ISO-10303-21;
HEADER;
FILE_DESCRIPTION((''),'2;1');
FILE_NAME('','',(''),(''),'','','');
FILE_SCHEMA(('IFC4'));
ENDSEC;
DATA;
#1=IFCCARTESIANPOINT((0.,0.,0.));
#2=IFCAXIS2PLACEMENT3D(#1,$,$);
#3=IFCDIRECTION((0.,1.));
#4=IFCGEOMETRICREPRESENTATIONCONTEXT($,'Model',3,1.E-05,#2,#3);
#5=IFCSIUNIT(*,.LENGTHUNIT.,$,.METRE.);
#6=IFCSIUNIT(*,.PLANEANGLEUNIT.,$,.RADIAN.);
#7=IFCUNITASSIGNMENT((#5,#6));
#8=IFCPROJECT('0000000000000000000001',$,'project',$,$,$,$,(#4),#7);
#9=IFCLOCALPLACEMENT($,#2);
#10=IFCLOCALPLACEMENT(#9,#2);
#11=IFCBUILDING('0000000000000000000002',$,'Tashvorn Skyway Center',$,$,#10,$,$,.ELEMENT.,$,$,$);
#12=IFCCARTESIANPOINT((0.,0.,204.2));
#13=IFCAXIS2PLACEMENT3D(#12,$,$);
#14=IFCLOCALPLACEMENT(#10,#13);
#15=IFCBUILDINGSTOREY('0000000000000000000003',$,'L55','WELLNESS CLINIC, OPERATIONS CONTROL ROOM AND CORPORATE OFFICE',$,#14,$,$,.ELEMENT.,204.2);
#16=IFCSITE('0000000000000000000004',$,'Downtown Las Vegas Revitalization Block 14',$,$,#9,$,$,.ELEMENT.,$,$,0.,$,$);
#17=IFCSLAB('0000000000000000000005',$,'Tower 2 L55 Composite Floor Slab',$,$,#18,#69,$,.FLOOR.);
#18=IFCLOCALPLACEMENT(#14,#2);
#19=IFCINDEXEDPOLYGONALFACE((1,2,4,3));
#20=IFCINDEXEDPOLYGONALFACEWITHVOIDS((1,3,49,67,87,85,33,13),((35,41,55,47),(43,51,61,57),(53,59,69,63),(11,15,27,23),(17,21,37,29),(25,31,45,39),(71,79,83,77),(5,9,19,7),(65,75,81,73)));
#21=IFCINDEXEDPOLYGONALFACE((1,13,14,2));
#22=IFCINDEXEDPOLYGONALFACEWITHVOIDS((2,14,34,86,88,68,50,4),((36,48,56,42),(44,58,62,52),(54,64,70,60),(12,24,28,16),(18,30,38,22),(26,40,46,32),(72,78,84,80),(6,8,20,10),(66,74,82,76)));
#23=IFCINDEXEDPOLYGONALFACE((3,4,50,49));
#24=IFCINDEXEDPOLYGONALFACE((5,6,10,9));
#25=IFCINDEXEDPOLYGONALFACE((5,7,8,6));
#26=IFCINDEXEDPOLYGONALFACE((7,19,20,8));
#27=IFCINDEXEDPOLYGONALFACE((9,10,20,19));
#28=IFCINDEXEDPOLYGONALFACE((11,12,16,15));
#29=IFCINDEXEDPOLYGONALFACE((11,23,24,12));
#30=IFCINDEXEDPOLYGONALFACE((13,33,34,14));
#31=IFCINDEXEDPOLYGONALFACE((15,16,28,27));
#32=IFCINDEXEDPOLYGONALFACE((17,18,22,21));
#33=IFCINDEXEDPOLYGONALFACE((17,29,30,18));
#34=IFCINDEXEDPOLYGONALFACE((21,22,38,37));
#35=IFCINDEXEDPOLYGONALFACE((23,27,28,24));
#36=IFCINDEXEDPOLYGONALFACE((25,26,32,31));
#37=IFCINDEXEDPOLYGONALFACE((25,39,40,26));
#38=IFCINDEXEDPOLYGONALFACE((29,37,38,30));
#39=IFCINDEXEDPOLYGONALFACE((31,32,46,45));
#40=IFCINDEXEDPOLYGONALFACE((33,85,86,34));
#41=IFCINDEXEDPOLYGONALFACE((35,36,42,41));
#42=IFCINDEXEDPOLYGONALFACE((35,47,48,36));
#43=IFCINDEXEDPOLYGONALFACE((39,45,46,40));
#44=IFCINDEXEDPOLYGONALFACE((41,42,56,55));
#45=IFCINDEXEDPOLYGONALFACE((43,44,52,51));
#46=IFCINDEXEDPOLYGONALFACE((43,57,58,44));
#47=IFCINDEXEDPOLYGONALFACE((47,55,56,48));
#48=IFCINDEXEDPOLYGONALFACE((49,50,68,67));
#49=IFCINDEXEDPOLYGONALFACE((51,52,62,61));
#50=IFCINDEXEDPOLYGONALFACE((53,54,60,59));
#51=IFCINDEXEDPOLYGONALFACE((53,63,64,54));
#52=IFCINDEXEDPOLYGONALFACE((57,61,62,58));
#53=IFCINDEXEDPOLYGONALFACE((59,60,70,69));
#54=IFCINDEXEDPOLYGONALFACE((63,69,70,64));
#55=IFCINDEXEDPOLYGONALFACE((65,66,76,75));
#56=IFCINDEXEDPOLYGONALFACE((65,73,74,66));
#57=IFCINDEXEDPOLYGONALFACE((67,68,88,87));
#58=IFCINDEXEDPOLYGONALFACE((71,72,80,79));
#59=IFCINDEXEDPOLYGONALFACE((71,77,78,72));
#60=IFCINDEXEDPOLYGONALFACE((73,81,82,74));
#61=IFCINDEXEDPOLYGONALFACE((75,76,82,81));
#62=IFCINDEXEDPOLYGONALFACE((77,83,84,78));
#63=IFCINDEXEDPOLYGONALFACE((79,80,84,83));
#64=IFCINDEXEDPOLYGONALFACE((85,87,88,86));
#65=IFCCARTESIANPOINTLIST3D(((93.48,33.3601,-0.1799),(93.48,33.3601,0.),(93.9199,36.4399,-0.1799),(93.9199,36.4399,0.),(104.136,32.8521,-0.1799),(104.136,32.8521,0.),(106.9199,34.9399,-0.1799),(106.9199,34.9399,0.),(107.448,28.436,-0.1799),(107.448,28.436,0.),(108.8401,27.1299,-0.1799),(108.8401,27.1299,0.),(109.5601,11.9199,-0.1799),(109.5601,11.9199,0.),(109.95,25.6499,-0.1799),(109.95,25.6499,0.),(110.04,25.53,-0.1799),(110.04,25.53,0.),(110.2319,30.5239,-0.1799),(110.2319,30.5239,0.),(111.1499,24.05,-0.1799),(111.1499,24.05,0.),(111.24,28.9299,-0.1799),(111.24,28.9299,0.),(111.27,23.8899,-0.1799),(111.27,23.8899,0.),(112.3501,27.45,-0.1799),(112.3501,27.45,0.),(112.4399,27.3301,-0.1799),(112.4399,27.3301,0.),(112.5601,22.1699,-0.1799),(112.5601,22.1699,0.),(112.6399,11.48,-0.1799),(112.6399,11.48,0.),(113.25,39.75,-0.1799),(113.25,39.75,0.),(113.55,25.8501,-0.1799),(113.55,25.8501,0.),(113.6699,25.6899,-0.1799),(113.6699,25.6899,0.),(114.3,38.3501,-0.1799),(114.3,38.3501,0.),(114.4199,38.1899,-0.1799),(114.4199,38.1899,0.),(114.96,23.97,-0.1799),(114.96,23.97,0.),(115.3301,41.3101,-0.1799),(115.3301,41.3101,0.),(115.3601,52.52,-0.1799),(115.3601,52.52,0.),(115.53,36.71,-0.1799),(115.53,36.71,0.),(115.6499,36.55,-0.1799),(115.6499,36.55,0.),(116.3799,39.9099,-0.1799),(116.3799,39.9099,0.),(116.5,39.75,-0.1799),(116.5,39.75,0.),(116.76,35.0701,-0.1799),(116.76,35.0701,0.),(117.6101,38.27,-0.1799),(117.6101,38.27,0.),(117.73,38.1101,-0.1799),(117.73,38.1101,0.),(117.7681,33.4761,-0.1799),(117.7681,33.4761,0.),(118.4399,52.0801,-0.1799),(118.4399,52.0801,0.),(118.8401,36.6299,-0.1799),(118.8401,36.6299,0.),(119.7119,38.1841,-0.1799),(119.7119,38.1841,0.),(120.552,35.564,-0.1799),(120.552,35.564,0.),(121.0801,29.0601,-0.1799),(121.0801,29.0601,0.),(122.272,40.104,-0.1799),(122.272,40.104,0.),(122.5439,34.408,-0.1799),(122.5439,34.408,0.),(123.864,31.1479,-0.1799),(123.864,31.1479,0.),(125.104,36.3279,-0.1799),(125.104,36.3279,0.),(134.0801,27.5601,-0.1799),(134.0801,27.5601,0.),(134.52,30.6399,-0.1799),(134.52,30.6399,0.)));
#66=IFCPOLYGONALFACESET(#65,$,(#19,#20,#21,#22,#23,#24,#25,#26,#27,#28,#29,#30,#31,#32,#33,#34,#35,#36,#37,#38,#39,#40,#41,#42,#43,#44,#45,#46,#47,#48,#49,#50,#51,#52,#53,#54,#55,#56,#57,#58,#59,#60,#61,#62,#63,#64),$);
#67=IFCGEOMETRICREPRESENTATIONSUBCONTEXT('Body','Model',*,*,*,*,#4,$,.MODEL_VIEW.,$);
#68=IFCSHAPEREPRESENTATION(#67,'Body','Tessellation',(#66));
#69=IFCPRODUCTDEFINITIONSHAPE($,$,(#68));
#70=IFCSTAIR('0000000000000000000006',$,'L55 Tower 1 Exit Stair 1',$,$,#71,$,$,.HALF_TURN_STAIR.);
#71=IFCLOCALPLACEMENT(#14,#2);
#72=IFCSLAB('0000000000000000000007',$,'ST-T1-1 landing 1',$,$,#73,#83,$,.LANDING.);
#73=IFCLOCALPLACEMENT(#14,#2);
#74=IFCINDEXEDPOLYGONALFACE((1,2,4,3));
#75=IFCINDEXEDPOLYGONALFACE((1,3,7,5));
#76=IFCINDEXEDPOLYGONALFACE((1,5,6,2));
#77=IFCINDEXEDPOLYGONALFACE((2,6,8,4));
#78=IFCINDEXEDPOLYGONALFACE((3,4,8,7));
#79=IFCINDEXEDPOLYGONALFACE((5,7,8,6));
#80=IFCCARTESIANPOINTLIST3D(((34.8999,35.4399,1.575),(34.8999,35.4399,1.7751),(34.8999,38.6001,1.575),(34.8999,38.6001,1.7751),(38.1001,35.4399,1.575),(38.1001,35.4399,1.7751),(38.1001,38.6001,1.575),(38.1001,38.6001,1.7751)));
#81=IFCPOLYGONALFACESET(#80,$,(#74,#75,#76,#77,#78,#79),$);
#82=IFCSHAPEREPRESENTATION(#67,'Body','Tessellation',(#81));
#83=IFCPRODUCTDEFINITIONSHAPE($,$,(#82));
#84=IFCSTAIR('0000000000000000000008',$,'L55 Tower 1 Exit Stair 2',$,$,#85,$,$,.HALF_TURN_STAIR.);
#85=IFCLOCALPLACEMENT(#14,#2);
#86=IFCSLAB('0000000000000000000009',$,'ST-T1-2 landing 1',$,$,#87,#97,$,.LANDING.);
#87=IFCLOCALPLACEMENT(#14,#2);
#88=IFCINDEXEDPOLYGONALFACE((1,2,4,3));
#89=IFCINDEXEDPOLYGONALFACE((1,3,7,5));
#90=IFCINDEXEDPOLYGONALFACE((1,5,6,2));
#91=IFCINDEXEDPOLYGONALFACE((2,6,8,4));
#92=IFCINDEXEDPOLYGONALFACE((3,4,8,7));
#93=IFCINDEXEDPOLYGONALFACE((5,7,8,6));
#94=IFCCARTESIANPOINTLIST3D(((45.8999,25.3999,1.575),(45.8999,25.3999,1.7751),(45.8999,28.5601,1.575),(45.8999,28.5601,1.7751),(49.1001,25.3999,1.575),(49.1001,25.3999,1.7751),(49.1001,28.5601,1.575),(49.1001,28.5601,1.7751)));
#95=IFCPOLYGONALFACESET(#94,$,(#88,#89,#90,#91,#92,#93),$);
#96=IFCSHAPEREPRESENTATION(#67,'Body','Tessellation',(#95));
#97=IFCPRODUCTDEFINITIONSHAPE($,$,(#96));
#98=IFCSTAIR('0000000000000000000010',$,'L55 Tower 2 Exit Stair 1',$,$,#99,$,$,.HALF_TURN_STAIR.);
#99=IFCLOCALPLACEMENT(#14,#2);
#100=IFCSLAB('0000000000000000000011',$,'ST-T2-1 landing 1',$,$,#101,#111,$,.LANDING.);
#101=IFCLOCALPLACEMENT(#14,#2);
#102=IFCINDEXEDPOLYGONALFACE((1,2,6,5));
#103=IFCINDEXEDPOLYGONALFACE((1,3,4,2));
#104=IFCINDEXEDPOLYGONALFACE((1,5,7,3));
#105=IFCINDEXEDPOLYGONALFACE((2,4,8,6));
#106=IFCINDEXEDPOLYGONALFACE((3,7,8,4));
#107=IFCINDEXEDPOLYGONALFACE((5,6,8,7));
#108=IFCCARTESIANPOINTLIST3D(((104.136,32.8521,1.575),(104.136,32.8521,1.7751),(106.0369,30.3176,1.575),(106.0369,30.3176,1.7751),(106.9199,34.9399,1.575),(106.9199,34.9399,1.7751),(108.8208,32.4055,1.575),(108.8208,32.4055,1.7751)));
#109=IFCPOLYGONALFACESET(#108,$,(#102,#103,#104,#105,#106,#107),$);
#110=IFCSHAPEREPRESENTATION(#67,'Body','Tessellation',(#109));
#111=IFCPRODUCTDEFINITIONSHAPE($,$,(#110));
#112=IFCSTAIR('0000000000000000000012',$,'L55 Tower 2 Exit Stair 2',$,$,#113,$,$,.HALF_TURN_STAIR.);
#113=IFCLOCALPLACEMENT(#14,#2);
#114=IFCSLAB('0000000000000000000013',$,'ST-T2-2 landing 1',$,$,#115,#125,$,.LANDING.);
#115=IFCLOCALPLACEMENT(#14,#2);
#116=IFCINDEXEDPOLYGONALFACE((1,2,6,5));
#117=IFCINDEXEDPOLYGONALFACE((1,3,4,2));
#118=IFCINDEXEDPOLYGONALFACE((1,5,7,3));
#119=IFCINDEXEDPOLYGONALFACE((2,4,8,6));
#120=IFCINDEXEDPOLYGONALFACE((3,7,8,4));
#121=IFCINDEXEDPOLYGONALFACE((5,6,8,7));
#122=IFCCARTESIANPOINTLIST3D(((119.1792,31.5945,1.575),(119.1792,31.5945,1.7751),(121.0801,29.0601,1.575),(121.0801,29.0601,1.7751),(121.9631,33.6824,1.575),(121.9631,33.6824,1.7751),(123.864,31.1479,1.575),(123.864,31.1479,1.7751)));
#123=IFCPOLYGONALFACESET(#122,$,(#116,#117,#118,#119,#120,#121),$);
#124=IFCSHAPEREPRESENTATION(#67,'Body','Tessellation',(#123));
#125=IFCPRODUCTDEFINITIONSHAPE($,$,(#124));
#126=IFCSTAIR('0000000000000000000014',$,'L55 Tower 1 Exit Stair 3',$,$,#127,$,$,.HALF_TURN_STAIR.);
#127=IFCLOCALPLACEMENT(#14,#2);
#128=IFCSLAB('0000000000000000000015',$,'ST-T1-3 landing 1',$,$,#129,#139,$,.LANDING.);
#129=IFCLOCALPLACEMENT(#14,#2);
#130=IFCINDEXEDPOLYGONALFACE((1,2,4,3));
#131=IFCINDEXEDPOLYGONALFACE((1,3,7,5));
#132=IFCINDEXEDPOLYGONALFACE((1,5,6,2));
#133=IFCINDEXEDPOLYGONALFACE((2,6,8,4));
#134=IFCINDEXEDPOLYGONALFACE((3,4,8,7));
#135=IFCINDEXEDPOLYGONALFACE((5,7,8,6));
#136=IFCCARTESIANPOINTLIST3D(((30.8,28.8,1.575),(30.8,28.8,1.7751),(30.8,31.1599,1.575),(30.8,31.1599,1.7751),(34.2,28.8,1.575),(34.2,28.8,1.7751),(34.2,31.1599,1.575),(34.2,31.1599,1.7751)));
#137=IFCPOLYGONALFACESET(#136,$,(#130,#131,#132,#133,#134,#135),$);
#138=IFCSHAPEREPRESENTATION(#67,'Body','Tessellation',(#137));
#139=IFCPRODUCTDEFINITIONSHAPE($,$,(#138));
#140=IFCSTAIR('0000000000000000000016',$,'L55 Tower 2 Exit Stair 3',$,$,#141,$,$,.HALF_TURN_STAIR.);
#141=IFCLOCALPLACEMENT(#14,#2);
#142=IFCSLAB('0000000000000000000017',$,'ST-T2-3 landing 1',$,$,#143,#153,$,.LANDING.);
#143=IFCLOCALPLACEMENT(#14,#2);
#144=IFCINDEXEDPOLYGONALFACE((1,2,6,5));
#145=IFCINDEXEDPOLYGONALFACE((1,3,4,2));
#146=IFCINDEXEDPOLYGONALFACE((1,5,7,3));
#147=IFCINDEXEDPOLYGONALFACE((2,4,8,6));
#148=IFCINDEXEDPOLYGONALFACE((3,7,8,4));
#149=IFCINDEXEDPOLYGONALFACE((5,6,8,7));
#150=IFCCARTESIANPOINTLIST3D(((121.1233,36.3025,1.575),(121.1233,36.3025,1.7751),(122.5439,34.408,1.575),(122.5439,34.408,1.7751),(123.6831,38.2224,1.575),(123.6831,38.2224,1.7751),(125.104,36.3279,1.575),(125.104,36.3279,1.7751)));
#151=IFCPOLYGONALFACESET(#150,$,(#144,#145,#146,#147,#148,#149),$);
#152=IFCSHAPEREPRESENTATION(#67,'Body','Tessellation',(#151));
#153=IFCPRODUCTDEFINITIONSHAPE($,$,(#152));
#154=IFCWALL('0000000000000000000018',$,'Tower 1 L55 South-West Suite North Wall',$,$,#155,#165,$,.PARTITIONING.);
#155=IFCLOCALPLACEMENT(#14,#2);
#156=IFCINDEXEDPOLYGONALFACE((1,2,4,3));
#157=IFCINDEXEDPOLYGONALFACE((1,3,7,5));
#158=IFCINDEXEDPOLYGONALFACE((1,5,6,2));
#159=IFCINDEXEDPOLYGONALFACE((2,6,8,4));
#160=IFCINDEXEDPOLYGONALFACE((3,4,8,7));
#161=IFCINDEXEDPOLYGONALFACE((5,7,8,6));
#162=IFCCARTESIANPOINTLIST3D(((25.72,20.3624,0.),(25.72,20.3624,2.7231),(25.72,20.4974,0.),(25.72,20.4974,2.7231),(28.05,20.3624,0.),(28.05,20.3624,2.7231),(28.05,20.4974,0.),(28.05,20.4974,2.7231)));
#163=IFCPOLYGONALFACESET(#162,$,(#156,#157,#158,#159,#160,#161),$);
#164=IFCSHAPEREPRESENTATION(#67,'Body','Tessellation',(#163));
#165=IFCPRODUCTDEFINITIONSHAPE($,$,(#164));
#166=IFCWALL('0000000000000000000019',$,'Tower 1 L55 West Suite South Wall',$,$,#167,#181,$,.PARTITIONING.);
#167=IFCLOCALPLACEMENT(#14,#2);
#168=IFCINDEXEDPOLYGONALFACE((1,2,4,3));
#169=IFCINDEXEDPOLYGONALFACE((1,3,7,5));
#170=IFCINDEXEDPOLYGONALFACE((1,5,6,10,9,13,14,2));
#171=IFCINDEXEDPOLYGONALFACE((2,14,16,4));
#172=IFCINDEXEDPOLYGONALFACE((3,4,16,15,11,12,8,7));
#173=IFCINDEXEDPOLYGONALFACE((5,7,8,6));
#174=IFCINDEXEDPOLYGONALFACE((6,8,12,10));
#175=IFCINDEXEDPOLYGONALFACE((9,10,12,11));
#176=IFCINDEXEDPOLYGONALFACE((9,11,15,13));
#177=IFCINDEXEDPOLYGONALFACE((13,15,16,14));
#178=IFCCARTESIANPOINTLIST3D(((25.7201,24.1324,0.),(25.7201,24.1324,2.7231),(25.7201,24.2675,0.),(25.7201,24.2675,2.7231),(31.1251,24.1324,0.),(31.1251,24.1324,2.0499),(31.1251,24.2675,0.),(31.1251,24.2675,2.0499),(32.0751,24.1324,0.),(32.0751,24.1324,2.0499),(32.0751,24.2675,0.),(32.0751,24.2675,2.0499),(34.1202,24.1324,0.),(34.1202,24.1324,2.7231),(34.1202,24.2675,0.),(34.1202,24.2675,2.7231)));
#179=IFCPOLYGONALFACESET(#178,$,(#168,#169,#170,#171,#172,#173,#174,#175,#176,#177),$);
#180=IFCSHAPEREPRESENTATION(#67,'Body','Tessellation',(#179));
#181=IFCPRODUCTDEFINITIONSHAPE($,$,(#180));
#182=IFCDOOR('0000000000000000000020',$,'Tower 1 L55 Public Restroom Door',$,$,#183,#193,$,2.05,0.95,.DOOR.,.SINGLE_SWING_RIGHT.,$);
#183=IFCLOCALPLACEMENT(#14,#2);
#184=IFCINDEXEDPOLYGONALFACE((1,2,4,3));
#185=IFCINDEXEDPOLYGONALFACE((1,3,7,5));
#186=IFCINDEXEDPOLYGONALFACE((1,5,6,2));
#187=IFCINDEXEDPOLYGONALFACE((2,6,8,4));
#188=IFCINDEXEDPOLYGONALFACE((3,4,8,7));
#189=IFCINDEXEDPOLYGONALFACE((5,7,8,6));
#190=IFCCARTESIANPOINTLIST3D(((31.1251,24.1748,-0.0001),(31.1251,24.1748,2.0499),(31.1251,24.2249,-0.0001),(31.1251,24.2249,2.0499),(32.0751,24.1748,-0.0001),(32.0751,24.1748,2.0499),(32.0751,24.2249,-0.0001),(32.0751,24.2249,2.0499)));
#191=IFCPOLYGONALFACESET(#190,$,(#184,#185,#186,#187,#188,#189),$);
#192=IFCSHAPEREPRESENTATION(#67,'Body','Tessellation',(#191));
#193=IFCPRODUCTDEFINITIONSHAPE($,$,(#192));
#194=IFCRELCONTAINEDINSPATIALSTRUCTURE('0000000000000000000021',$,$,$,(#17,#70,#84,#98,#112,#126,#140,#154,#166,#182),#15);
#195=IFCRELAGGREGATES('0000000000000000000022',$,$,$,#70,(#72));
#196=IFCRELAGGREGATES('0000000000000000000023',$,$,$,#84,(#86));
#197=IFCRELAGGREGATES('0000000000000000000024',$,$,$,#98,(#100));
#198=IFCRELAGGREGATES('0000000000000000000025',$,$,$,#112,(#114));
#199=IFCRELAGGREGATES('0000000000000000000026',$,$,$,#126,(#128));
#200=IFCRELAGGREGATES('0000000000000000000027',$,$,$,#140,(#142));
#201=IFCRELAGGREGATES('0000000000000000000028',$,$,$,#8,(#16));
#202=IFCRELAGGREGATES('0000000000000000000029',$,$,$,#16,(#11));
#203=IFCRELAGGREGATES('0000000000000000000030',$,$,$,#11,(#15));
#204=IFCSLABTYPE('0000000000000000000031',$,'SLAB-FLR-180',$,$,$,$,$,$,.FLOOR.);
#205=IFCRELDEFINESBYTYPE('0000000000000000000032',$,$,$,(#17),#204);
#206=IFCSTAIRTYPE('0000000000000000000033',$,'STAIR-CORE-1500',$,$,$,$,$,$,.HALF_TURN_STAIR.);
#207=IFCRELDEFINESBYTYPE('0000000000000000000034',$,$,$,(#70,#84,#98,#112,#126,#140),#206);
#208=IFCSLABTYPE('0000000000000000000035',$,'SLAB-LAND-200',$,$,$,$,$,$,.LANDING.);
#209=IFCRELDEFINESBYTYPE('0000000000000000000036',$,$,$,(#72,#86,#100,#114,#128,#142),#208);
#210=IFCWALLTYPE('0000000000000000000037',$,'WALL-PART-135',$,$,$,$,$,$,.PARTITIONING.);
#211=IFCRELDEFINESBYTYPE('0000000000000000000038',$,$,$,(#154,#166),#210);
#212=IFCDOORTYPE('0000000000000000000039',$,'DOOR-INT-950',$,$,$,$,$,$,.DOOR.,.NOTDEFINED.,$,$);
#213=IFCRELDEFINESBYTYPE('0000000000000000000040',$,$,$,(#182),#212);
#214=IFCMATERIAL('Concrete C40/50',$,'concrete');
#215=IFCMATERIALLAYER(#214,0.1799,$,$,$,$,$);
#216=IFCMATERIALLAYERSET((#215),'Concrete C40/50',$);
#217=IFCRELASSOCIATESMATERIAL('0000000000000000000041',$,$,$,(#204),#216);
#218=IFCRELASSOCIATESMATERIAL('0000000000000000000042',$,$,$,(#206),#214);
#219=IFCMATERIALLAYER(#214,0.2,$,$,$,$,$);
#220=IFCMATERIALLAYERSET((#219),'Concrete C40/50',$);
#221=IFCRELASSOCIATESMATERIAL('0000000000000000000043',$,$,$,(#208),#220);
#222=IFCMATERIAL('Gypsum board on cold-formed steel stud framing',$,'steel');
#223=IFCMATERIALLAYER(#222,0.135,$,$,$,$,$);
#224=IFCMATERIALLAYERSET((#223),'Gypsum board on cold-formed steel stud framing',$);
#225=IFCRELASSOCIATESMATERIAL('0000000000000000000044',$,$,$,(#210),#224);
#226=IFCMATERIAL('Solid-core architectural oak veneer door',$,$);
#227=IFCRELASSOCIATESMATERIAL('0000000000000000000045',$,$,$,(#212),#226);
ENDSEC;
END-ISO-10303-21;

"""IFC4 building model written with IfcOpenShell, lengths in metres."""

from ifc_helpers import new_model, si_unit, direction, frame, frame_2d, origin, place, context, subcontext, project, spatial, polyline, rectangle, outline, extrude, material, layer, layer_set, type_object, element, fill, aggregate, save


model = new_model("IFC4")

# Units and contexts
model_context = context("Model", 3, precision=1e-05, world=origin(), true_north=direction((0.0, 1.0)))
body_context = subcontext(model_context, "Body", "Model", "MODEL_VIEW")
ifc_project = project(units=[si_unit("LENGTHUNIT", "METRE"), si_unit("PLANEANGLEUNIT", "RADIAN")], contexts=[model_context])

# Site, building, storey
site_placement = place(None, origin())
site = spatial("IfcSite", under=ifc_project, at=site_placement, Name="Downtown Las Vegas Revitalization Block 14", CompositionType="ELEMENT", RefElevation=0.0)
building_placement = place(site_placement, origin())
building = spatial("IfcBuilding", under=site, at=building_placement, Name="Tashvorn Skyway Center", CompositionType="ELEMENT")
storey_placement = place(building_placement, frame((0.0, 0.0, 204.2)))
storey = spatial("IfcBuildingStorey", under=building, at=storey_placement, Name="L55", Description="WELLNESS CLINIC, OPERATIONS CONTROL ROOM AND CORPORATE OFFICE", CompositionType="ELEMENT", Elevation=204.2)

# Slab
ifc_material_1 = material(Name="Concrete C40/50", Category="concrete")
ifc_layer_1 = layer(ifc_material_1, 0.1799)
ifc_layer_set_1 = layer_set([ifc_layer_1], Name="Concrete C40/50")
slab_type_1 = type_object("IfcSlabType", Name="SLAB-FLR-180", PredefinedType="FLOOR", material=ifc_layer_set_1)
slab_1_placement = place(storey_placement, frame((0.0, 0.0, -0.1799)))
element("IfcSlab", 1, at=slab_1_placement, inside=storey, type_object=slab_type_1, Name="Tower 2 L55 Composite Floor Slab", PredefinedType="FLOOR", context=body_context, shape_type="SweptSolid", body=[
    extrude(outline(polyline([(112.6399, 11.48), (134.0801, 27.5601), (134.52, 30.6399), (118.4399, 52.0801), (115.3601, 52.52), (93.9199, 36.4399), (93.48, 33.3601), (109.5601, 11.9199), (112.6399, 11.48)]), holes=[polyline([(110.2319, 30.5239), (106.9199, 34.9399), (104.136, 32.8521), (107.448, 28.436), (110.2319, 30.5239)]), polyline([(117.7681, 33.4761), (121.0801, 29.0601), (123.864, 31.1479), (120.552, 35.564), (117.7681, 33.4761)]), polyline([(119.7119, 38.1841), (122.5439, 34.408), (125.104, 36.3279), (122.272, 40.104), (119.7119, 38.1841)]), polyline([(109.95, 25.6499), (112.3501, 27.45), (111.24, 28.9299), (108.8401, 27.1299), (109.95, 25.6499)]), polyline([(111.1499, 24.05), (113.55, 25.8501), (112.4399, 27.3301), (110.04, 25.53), (111.1499, 24.05)]), polyline([(112.5601, 22.1699), (114.96, 23.97), (113.6699, 25.6899), (111.27, 23.8899), (112.5601, 22.1699)]), polyline([(116.76, 35.0701), (118.8401, 36.6299), (117.73, 38.1101), (115.6499, 36.55), (116.76, 35.0701)]), polyline([(115.53, 36.71), (117.6101, 38.27), (116.5, 39.75), (114.4199, 38.1899), (115.53, 36.71)]), polyline([(114.3, 38.3501), (116.3799, 39.9099), (115.3301, 41.3101), (113.25, 39.75), (114.3, 38.3501)])]), origin(), (0.0, 0.0, 1.0), 0.1799),
])

# Stairs, slabs
stair_type = type_object("IfcStairType", Name="STAIR-CORE-1500", PredefinedType="HALF_TURN_STAIR", material=ifc_material_1)
stair_1_placement = place(storey_placement, origin())
stair_1 = element("IfcStair", 2, at=stair_1_placement, inside=storey, type_object=stair_type, Name="L55 Tower 1 Exit Stair 1", PredefinedType="HALF_TURN_STAIR")
ifc_layer_2 = layer(ifc_material_1, 0.2)
ifc_layer_set_2 = layer_set([ifc_layer_2], Name="Concrete C40/50")
slab_type_2 = type_object("IfcSlabType", Name="SLAB-LAND-200", PredefinedType="LANDING", material=ifc_layer_set_2)
slab_2_placement = place(storey_placement, frame((0.0, 0.0, 1.575)))
slab_2 = element("IfcSlab", 3, at=slab_2_placement, type_object=slab_type_2, Name="ST-T1-1 landing 1", PredefinedType="LANDING", context=body_context, shape_type="SweptSolid", body=[
    extrude(outline(polyline([(38.1001, 35.4399), (38.1001, 38.6001), (34.8999, 38.6001), (34.8999, 35.4399), (38.1001, 35.4399)])), origin(), (0.0, 0.0, 1.0), 0.2002),
])
aggregate(stair_1, [slab_2])
stair_2_placement = place(storey_placement, origin())
stair_2 = element("IfcStair", 4, at=stair_2_placement, inside=storey, type_object=stair_type, Name="L55 Tower 1 Exit Stair 2", PredefinedType="HALF_TURN_STAIR")
slab_3_placement = place(storey_placement, frame((0.0, 0.0, 1.575)))
slab_3 = element("IfcSlab", 5, at=slab_3_placement, type_object=slab_type_2, Name="ST-T1-2 landing 1", PredefinedType="LANDING", context=body_context, shape_type="SweptSolid", body=[
    extrude(outline(polyline([(45.8999, 28.5601), (45.8999, 25.3999), (49.1001, 25.3999), (49.1001, 28.5601), (45.8999, 28.5601)])), origin(), (0.0, 0.0, 1.0), 0.2002),
])
aggregate(stair_2, [slab_3])
stair_3_placement = place(storey_placement, origin())
stair_3 = element("IfcStair", 6, at=stair_3_placement, inside=storey, type_object=stair_type, Name="L55 Tower 2 Exit Stair 1", PredefinedType="HALF_TURN_STAIR")
slab_4_placement = place(storey_placement, frame((0.0, 0.0, 1.575)))
slab_4 = element("IfcSlab", 7, at=slab_4_placement, type_object=slab_type_2, Name="ST-T2-1 landing 1", PredefinedType="LANDING", context=body_context, shape_type="SweptSolid", body=[
    extrude(outline(polyline([(108.8208, 32.4055), (106.9199, 34.9399), (104.136, 32.8521), (106.0369, 30.3176), (108.8208, 32.4055)])), origin(), (0.0, 0.0, 1.0), 0.2002),
])
aggregate(stair_3, [slab_4])
stair_4_placement = place(storey_placement, origin())
stair_4 = element("IfcStair", 8, at=stair_4_placement, inside=storey, type_object=stair_type, Name="L55 Tower 2 Exit Stair 2", PredefinedType="HALF_TURN_STAIR")
slab_5_placement = place(storey_placement, frame((0.0, 0.0, 1.575)))
slab_5 = element("IfcSlab", 9, at=slab_5_placement, type_object=slab_type_2, Name="ST-T2-2 landing 1", PredefinedType="LANDING", context=body_context, shape_type="SweptSolid", body=[
    extrude(outline(polyline([(119.1792, 31.5945), (121.0801, 29.0601), (123.864, 31.1479), (121.9631, 33.6824), (119.1792, 31.5945)])), origin(), (0.0, 0.0, 1.0), 0.2002),
])
aggregate(stair_4, [slab_5])
stair_5_placement = place(storey_placement, origin())
stair_5 = element("IfcStair", 10, at=stair_5_placement, inside=storey, type_object=stair_type, Name="L55 Tower 1 Exit Stair 3", PredefinedType="HALF_TURN_STAIR")
slab_6_placement = place(storey_placement, frame((0.0, 0.0, 1.575)))
slab_6 = element("IfcSlab", 11, at=slab_6_placement, type_object=slab_type_2, Name="ST-T1-3 landing 1", PredefinedType="LANDING", context=body_context, shape_type="SweptSolid", body=[
    extrude(outline(polyline([(30.8, 31.1599), (30.8, 28.8), (34.2, 28.8), (34.2, 31.1599), (30.8, 31.1599)])), origin(), (0.0, 0.0, 1.0), 0.2002),
])
aggregate(stair_5, [slab_6])
stair_6_placement = place(storey_placement, origin())
stair_6 = element("IfcStair", 12, at=stair_6_placement, inside=storey, type_object=stair_type, Name="L55 Tower 2 Exit Stair 3", PredefinedType="HALF_TURN_STAIR")
slab_7_placement = place(storey_placement, frame((0.0, 0.0, 1.575)))
slab_7 = element("IfcSlab", 13, at=slab_7_placement, type_object=slab_type_2, Name="ST-T2-3 landing 1", PredefinedType="LANDING", context=body_context, shape_type="SweptSolid", body=[
    extrude(outline(polyline([(121.1233, 36.3025), (122.5439, 34.408), (125.104, 36.3279), (123.6831, 38.2224), (121.1233, 36.3025)])), origin(), (0.0, 0.0, 1.0), 0.2002),
])
aggregate(stair_6, [slab_7])

# Wall
ifc_material_2 = material(Name="Gypsum board on cold-formed steel stud framing", Category="steel")
ifc_layer_3 = layer(ifc_material_2, 0.135)
ifc_layer_set_3 = layer_set([ifc_layer_3], Name="Gypsum board on cold-formed steel stud framing")
wall_type = type_object("IfcWallType", Name="WALL-PART-135", PredefinedType="PARTITIONING", material=ifc_layer_set_3)
wall_1_placement = place(storey_placement, frame((25.72, 20.4299, 0.0), z_axis=(0.0, 0.0, 1.0), x_axis=(1.0, 0.0, 0.0)))
element("IfcWall", 14, at=wall_1_placement, inside=storey, type_object=wall_type, Name="Tower 1 L55 South-West Suite North Wall", PredefinedType="PARTITIONING", context=body_context, shape_type="SweptSolid", body=[
    extrude(rectangle(XDim=2.3301, YDim=0.135, at=frame_2d((1.165, 0.0))), origin(), (0.0, 0.0, 1.0), 2.7231),
])

# Wall, opening, door
wall_2_placement = place(storey_placement, frame((25.72, 24.2, 0.0), z_axis=(0.0, 0.0, 1.0), x_axis=(1.0, 0.0, 0.0)))
wall_2 = element("IfcWall", 15, at=wall_2_placement, inside=storey, type_object=wall_type, Name="Tower 1 L55 West Suite South Wall", PredefinedType="PARTITIONING", context=body_context, shape_type="SweptSolid", body=[
    extrude(rectangle(XDim=8.4001, YDim=0.135, at=frame_2d((4.2002, 0.0))), origin(), (0.0, 0.0, 1.0), 2.7231),
])
opening_placement = place(wall_2_placement, frame((5.405, 0.0, 0.0)))
opening = element("IfcOpeningElement", 16, at=opening_placement, cuts=wall_2, PredefinedType="OPENING", context=body_context, shape_type="SweptSolid", body=[
    extrude(rectangle(XDim=0.95, YDim=2.05, at=frame_2d((0.4751, 1.0249))), frame((0.0, 0.0774, 0.0), z_axis=(0.0, -1.0, 0.0), x_axis=(1.0, 0.0, 0.0)), (0.0, 0.0, 1.0), 0.155),
])
ifc_material_3 = material(Name="Solid-core architectural oak veneer door")
door_type = type_object("IfcDoorType", Name="DOOR-INT-950", OperationType="NOTDEFINED", PredefinedType="DOOR", material=ifc_material_3)
door_placement = place(opening_placement, origin())
door = element("IfcDoor", 17, at=door_placement, inside=storey, type_object=door_type, Name="Tower 1 L55 Public Restroom Door", OperationType="SINGLE_SWING_RIGHT", OverallHeight=2.05, OverallWidth=0.95, PredefinedType="DOOR", context=body_context, shape_type="SweptSolid", body=[
    extrude(rectangle(XDim=0.95, YDim=2.05, at=frame_2d((0.4751, 1.0249))), frame((0.0, 0.0249, 0.0), z_axis=(0.0, -1.0, 0.0), x_axis=(1.0, 0.0, 0.0)), (0.0, 0.0, 1.0), 0.05),
])
fill(opening, door)

save(model, "model.ifc")
